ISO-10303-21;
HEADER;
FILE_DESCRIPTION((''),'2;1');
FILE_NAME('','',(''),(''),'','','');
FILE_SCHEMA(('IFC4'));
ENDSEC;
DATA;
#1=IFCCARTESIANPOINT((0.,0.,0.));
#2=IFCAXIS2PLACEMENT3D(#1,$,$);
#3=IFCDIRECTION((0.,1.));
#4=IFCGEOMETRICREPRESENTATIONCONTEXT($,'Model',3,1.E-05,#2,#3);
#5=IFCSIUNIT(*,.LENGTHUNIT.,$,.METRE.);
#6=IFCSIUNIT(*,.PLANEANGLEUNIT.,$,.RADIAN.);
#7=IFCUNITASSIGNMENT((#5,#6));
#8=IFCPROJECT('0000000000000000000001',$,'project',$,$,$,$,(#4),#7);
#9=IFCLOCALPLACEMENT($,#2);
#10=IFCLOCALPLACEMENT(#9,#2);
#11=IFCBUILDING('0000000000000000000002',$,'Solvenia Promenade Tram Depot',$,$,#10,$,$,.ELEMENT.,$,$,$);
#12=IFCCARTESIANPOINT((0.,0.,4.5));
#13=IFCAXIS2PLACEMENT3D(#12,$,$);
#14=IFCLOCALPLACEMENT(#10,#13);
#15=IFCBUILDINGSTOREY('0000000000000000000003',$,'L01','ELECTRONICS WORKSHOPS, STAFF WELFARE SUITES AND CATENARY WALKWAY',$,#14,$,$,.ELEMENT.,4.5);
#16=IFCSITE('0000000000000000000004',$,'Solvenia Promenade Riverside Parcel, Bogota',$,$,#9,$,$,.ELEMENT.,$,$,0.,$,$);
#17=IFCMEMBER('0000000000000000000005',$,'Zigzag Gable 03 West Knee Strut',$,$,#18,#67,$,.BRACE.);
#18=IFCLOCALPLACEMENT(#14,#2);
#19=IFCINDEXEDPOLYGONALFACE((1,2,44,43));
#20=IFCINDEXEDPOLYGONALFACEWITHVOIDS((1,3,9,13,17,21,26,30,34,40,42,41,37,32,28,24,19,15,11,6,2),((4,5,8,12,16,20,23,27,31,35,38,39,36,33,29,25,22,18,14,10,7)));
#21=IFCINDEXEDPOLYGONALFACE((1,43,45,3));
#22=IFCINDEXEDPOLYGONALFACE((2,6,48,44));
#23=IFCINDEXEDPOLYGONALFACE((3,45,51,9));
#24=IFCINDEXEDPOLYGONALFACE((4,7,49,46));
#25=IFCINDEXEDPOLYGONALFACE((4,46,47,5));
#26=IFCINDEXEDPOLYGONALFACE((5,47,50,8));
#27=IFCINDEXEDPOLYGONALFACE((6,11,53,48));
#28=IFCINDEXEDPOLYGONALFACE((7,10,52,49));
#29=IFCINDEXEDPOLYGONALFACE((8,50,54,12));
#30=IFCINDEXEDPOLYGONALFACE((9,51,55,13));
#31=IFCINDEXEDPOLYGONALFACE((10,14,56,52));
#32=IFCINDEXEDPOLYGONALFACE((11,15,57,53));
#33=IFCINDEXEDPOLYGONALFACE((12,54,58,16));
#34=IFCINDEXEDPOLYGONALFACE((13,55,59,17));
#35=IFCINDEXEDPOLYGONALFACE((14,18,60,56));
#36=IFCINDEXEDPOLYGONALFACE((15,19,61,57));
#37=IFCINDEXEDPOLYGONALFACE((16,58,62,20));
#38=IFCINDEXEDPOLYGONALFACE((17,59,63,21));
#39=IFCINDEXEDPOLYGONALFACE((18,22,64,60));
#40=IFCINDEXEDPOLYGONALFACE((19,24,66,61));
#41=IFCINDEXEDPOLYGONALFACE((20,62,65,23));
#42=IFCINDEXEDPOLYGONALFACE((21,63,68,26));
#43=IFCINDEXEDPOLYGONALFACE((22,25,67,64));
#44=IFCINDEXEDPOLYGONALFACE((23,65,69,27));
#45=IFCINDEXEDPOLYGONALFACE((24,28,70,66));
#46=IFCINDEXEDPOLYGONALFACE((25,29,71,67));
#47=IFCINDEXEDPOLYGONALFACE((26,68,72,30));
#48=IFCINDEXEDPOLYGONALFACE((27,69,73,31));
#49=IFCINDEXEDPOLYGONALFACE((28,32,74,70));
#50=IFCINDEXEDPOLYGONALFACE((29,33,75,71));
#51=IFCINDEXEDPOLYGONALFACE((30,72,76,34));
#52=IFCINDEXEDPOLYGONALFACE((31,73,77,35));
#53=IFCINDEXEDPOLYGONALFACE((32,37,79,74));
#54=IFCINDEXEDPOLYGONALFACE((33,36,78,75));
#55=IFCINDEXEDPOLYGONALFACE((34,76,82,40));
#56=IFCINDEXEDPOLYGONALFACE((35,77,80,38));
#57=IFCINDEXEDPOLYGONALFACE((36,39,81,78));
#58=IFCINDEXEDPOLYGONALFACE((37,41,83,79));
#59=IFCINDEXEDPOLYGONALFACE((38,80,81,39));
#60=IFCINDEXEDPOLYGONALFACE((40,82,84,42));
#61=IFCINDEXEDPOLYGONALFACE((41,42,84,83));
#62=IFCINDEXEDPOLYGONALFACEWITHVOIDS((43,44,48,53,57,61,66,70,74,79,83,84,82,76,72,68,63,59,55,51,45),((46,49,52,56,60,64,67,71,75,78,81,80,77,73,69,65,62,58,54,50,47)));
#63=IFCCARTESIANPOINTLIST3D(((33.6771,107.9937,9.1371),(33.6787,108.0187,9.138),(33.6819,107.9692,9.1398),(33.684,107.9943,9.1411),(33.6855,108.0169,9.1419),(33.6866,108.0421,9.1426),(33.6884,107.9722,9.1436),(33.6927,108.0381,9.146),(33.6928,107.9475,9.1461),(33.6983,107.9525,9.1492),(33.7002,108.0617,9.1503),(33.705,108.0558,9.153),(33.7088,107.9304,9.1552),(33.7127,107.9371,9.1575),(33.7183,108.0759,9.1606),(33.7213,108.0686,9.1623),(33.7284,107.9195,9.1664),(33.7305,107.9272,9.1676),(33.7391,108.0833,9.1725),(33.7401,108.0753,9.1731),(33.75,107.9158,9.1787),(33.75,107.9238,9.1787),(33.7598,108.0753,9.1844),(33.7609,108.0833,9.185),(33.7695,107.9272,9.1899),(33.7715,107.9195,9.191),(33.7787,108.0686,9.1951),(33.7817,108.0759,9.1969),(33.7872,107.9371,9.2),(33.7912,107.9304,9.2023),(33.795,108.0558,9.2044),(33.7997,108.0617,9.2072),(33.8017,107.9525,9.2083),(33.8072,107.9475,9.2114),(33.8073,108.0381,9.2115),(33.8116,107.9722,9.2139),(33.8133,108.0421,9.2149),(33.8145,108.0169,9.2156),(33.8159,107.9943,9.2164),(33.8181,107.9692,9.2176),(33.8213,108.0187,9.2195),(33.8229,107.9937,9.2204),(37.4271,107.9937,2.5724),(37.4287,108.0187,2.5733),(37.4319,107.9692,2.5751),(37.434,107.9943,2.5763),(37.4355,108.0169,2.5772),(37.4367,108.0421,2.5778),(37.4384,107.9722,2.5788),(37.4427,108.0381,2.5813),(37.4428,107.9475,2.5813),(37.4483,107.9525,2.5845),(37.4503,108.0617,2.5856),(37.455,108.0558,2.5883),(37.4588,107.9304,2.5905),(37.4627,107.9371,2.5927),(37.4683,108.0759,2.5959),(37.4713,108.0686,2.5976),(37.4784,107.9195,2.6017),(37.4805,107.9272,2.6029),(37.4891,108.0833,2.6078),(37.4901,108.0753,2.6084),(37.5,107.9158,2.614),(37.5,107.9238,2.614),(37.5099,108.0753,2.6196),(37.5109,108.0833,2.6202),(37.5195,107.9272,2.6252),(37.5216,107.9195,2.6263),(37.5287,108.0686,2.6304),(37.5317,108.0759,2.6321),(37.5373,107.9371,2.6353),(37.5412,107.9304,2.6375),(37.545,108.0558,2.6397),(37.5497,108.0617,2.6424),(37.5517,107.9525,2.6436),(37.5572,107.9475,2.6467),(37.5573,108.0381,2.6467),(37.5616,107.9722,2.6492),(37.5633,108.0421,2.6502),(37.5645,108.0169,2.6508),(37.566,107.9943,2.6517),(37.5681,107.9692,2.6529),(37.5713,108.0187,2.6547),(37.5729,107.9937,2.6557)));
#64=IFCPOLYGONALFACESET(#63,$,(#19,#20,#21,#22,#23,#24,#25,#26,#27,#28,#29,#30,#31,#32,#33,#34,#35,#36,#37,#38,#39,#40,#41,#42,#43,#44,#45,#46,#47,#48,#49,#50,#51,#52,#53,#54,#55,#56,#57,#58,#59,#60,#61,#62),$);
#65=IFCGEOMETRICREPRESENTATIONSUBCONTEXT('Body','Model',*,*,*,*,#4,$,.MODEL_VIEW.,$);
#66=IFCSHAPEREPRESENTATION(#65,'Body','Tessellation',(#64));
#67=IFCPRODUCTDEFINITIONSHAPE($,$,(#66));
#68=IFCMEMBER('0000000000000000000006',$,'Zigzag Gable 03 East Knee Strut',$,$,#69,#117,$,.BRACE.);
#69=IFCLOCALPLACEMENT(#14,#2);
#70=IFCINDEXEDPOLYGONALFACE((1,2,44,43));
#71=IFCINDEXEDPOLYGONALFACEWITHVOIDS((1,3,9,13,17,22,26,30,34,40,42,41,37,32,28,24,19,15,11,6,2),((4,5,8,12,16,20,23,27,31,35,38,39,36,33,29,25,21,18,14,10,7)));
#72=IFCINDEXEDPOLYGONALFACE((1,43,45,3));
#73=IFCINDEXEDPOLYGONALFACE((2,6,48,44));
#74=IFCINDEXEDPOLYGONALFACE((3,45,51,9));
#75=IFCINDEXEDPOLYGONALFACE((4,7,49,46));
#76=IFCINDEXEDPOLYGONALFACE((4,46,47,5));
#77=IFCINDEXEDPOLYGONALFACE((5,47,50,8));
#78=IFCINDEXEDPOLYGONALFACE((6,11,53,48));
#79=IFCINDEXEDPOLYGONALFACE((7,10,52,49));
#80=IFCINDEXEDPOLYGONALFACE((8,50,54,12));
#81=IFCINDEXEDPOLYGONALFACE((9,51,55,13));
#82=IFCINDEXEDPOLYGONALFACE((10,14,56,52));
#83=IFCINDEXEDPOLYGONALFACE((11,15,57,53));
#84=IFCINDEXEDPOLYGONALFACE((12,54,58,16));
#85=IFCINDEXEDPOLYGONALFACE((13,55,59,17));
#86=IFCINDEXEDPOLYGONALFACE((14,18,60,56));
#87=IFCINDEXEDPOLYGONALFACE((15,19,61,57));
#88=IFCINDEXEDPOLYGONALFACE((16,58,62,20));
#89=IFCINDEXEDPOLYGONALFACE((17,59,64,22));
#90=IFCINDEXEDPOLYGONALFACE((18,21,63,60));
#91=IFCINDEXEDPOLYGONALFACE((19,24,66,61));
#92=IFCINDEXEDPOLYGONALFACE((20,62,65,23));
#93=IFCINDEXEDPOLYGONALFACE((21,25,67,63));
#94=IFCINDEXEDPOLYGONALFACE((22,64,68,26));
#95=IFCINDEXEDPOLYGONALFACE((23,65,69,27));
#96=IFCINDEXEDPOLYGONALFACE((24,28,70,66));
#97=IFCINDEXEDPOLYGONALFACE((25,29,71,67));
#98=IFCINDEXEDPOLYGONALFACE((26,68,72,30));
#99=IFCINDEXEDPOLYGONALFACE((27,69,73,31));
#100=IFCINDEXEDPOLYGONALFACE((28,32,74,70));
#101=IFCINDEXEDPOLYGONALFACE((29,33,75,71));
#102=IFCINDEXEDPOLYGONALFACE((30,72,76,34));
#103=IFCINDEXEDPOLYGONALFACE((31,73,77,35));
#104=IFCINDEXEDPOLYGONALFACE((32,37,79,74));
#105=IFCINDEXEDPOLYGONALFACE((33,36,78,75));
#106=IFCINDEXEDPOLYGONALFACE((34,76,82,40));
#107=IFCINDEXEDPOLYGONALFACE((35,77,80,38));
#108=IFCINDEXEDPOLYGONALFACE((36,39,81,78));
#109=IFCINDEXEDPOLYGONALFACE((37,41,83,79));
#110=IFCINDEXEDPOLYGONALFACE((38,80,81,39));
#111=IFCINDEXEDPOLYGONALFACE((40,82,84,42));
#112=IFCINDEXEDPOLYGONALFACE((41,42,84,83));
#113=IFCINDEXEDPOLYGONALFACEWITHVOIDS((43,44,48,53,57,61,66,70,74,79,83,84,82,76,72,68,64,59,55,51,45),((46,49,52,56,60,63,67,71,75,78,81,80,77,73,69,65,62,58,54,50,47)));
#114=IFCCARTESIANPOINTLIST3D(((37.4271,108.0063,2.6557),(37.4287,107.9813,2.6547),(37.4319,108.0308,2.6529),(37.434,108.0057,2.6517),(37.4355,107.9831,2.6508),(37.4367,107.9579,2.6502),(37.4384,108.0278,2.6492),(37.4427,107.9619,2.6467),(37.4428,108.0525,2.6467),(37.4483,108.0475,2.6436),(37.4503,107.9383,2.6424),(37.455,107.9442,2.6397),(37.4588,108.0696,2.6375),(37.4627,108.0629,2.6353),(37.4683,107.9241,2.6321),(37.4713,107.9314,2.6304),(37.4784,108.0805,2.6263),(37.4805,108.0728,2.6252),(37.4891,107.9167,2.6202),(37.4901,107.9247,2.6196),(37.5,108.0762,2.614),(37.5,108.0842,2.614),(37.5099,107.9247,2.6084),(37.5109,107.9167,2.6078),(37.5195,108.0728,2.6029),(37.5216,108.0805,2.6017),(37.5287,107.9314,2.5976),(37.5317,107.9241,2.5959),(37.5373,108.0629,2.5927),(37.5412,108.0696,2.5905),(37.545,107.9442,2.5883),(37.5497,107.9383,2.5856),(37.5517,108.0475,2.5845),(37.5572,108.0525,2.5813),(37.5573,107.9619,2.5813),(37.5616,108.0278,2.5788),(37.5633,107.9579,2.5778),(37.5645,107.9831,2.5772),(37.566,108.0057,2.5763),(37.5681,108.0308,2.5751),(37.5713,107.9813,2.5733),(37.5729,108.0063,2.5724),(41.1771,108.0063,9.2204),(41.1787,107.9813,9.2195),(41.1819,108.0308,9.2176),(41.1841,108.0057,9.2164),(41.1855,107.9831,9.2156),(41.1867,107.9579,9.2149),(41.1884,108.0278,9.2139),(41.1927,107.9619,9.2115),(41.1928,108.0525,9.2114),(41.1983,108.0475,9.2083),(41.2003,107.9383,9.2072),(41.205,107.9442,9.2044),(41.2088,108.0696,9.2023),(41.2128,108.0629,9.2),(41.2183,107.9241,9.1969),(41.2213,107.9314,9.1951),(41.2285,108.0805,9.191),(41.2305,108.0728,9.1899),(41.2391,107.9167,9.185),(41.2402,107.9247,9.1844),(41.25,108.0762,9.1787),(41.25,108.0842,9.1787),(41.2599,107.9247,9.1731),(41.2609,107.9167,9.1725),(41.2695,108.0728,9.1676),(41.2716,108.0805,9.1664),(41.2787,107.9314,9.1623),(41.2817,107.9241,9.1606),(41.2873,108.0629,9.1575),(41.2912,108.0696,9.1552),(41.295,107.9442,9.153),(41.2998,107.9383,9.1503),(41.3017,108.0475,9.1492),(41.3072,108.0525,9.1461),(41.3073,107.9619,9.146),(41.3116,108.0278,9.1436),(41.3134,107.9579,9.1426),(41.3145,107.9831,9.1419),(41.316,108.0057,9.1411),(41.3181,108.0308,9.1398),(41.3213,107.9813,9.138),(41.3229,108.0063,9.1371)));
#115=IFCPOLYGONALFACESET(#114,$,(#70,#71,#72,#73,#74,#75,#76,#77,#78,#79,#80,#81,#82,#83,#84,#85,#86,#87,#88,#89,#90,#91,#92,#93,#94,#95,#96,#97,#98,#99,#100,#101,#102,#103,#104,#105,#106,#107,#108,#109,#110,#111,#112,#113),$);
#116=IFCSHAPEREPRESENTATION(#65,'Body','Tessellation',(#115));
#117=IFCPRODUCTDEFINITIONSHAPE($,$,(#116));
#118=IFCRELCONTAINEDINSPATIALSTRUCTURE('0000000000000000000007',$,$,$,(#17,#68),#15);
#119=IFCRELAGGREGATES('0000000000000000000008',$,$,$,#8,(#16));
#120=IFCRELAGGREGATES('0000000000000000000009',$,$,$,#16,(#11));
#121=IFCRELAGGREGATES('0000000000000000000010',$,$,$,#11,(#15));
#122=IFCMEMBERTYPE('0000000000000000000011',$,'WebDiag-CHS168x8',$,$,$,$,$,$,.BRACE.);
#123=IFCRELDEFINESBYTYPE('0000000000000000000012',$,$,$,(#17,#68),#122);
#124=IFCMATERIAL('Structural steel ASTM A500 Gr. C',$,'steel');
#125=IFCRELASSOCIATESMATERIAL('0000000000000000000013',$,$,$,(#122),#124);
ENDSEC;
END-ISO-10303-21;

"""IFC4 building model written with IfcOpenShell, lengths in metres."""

from ifc_helpers import new_model, si_unit, direction, frame, origin, origin_2d, place, context, subcontext, project, spatial, hollow_circle, extrude, material, material_profile, profile_set, type_object, element, save


model = new_model("IFC4")

# Units and contexts
model_context = context("Model", 3, precision=1e-05, world=origin(), true_north=direction((0.0, 1.0)))
body_context = subcontext(model_context, "Body", "Model", "MODEL_VIEW")
ifc_project = project(units=[si_unit("LENGTHUNIT", "METRE"), si_unit("PLANEANGLEUNIT", "RADIAN")], contexts=[model_context])

# Site, building, storey
site_placement = place(None, origin())
site = spatial("IfcSite", under=ifc_project, at=site_placement, Name="Solvenia Promenade Riverside Parcel, Bogota", CompositionType="ELEMENT", RefElevation=0.0)
building_placement = place(site_placement, origin())
building = spatial("IfcBuilding", under=site, at=building_placement, Name="Solvenia Promenade Tram Depot", CompositionType="ELEMENT")
storey_placement = place(building_placement, frame((0.0, 0.0, 4.5)))
storey = spatial("IfcBuildingStorey", under=building, at=storey_placement, Name="L01", Description="ELECTRONICS WORKSHOPS, STAFF WELFARE SUITES AND CATENARY WALKWAY", CompositionType="ELEMENT", Elevation=4.5)

# Shared definitions
ifc_material_1 = material(Name="Structural steel ASTM A500 Gr. C", Category="steel")

# Members
ifc_material_profile_1 = material_profile(ifc_material_1, hollow_circle(Radius=0.0842, WallThickness=0.0081, at=origin_2d()), Name="CHS168.3x8", Category="steel")
ifc_profile_set_1 = profile_set([ifc_material_profile_1], Name="Structural steel ASTM A500 Gr. C")
member_type_1 = type_object("IfcMemberType", Name="WebDiag-CHS168x8", PredefinedType="BRACE", material=ifc_profile_set_1)
for number, where, z_axis, x_axis, name in (
    (1, (37.5, 108.0, 2.614), (-0.496014, 0.0, 0.868315), (0.0, -1.0, 0.0), "Zigzag Gable 03 West Knee Strut"),
    (2, (37.5, 108.0, 2.614), (0.496014, 0.0, 0.868315), (0.0, 1.0, 0.0), "Zigzag Gable 03 East Knee Strut"),
):
    element("IfcMember", number, at=place(storey_placement, frame(where, z_axis=z_axis, x_axis=x_axis)), inside=storey, type_object=member_type_1, Name=name, PredefinedType="BRACE", context=body_context, shape_type="SweptSolid", body=[
        extrude(hollow_circle(Radius=0.0842, WallThickness=0.0081, at=origin_2d()), origin(), (0.0, 0.0, 1.0), 7.5603),
    ])

save(model, "model.ifc")
